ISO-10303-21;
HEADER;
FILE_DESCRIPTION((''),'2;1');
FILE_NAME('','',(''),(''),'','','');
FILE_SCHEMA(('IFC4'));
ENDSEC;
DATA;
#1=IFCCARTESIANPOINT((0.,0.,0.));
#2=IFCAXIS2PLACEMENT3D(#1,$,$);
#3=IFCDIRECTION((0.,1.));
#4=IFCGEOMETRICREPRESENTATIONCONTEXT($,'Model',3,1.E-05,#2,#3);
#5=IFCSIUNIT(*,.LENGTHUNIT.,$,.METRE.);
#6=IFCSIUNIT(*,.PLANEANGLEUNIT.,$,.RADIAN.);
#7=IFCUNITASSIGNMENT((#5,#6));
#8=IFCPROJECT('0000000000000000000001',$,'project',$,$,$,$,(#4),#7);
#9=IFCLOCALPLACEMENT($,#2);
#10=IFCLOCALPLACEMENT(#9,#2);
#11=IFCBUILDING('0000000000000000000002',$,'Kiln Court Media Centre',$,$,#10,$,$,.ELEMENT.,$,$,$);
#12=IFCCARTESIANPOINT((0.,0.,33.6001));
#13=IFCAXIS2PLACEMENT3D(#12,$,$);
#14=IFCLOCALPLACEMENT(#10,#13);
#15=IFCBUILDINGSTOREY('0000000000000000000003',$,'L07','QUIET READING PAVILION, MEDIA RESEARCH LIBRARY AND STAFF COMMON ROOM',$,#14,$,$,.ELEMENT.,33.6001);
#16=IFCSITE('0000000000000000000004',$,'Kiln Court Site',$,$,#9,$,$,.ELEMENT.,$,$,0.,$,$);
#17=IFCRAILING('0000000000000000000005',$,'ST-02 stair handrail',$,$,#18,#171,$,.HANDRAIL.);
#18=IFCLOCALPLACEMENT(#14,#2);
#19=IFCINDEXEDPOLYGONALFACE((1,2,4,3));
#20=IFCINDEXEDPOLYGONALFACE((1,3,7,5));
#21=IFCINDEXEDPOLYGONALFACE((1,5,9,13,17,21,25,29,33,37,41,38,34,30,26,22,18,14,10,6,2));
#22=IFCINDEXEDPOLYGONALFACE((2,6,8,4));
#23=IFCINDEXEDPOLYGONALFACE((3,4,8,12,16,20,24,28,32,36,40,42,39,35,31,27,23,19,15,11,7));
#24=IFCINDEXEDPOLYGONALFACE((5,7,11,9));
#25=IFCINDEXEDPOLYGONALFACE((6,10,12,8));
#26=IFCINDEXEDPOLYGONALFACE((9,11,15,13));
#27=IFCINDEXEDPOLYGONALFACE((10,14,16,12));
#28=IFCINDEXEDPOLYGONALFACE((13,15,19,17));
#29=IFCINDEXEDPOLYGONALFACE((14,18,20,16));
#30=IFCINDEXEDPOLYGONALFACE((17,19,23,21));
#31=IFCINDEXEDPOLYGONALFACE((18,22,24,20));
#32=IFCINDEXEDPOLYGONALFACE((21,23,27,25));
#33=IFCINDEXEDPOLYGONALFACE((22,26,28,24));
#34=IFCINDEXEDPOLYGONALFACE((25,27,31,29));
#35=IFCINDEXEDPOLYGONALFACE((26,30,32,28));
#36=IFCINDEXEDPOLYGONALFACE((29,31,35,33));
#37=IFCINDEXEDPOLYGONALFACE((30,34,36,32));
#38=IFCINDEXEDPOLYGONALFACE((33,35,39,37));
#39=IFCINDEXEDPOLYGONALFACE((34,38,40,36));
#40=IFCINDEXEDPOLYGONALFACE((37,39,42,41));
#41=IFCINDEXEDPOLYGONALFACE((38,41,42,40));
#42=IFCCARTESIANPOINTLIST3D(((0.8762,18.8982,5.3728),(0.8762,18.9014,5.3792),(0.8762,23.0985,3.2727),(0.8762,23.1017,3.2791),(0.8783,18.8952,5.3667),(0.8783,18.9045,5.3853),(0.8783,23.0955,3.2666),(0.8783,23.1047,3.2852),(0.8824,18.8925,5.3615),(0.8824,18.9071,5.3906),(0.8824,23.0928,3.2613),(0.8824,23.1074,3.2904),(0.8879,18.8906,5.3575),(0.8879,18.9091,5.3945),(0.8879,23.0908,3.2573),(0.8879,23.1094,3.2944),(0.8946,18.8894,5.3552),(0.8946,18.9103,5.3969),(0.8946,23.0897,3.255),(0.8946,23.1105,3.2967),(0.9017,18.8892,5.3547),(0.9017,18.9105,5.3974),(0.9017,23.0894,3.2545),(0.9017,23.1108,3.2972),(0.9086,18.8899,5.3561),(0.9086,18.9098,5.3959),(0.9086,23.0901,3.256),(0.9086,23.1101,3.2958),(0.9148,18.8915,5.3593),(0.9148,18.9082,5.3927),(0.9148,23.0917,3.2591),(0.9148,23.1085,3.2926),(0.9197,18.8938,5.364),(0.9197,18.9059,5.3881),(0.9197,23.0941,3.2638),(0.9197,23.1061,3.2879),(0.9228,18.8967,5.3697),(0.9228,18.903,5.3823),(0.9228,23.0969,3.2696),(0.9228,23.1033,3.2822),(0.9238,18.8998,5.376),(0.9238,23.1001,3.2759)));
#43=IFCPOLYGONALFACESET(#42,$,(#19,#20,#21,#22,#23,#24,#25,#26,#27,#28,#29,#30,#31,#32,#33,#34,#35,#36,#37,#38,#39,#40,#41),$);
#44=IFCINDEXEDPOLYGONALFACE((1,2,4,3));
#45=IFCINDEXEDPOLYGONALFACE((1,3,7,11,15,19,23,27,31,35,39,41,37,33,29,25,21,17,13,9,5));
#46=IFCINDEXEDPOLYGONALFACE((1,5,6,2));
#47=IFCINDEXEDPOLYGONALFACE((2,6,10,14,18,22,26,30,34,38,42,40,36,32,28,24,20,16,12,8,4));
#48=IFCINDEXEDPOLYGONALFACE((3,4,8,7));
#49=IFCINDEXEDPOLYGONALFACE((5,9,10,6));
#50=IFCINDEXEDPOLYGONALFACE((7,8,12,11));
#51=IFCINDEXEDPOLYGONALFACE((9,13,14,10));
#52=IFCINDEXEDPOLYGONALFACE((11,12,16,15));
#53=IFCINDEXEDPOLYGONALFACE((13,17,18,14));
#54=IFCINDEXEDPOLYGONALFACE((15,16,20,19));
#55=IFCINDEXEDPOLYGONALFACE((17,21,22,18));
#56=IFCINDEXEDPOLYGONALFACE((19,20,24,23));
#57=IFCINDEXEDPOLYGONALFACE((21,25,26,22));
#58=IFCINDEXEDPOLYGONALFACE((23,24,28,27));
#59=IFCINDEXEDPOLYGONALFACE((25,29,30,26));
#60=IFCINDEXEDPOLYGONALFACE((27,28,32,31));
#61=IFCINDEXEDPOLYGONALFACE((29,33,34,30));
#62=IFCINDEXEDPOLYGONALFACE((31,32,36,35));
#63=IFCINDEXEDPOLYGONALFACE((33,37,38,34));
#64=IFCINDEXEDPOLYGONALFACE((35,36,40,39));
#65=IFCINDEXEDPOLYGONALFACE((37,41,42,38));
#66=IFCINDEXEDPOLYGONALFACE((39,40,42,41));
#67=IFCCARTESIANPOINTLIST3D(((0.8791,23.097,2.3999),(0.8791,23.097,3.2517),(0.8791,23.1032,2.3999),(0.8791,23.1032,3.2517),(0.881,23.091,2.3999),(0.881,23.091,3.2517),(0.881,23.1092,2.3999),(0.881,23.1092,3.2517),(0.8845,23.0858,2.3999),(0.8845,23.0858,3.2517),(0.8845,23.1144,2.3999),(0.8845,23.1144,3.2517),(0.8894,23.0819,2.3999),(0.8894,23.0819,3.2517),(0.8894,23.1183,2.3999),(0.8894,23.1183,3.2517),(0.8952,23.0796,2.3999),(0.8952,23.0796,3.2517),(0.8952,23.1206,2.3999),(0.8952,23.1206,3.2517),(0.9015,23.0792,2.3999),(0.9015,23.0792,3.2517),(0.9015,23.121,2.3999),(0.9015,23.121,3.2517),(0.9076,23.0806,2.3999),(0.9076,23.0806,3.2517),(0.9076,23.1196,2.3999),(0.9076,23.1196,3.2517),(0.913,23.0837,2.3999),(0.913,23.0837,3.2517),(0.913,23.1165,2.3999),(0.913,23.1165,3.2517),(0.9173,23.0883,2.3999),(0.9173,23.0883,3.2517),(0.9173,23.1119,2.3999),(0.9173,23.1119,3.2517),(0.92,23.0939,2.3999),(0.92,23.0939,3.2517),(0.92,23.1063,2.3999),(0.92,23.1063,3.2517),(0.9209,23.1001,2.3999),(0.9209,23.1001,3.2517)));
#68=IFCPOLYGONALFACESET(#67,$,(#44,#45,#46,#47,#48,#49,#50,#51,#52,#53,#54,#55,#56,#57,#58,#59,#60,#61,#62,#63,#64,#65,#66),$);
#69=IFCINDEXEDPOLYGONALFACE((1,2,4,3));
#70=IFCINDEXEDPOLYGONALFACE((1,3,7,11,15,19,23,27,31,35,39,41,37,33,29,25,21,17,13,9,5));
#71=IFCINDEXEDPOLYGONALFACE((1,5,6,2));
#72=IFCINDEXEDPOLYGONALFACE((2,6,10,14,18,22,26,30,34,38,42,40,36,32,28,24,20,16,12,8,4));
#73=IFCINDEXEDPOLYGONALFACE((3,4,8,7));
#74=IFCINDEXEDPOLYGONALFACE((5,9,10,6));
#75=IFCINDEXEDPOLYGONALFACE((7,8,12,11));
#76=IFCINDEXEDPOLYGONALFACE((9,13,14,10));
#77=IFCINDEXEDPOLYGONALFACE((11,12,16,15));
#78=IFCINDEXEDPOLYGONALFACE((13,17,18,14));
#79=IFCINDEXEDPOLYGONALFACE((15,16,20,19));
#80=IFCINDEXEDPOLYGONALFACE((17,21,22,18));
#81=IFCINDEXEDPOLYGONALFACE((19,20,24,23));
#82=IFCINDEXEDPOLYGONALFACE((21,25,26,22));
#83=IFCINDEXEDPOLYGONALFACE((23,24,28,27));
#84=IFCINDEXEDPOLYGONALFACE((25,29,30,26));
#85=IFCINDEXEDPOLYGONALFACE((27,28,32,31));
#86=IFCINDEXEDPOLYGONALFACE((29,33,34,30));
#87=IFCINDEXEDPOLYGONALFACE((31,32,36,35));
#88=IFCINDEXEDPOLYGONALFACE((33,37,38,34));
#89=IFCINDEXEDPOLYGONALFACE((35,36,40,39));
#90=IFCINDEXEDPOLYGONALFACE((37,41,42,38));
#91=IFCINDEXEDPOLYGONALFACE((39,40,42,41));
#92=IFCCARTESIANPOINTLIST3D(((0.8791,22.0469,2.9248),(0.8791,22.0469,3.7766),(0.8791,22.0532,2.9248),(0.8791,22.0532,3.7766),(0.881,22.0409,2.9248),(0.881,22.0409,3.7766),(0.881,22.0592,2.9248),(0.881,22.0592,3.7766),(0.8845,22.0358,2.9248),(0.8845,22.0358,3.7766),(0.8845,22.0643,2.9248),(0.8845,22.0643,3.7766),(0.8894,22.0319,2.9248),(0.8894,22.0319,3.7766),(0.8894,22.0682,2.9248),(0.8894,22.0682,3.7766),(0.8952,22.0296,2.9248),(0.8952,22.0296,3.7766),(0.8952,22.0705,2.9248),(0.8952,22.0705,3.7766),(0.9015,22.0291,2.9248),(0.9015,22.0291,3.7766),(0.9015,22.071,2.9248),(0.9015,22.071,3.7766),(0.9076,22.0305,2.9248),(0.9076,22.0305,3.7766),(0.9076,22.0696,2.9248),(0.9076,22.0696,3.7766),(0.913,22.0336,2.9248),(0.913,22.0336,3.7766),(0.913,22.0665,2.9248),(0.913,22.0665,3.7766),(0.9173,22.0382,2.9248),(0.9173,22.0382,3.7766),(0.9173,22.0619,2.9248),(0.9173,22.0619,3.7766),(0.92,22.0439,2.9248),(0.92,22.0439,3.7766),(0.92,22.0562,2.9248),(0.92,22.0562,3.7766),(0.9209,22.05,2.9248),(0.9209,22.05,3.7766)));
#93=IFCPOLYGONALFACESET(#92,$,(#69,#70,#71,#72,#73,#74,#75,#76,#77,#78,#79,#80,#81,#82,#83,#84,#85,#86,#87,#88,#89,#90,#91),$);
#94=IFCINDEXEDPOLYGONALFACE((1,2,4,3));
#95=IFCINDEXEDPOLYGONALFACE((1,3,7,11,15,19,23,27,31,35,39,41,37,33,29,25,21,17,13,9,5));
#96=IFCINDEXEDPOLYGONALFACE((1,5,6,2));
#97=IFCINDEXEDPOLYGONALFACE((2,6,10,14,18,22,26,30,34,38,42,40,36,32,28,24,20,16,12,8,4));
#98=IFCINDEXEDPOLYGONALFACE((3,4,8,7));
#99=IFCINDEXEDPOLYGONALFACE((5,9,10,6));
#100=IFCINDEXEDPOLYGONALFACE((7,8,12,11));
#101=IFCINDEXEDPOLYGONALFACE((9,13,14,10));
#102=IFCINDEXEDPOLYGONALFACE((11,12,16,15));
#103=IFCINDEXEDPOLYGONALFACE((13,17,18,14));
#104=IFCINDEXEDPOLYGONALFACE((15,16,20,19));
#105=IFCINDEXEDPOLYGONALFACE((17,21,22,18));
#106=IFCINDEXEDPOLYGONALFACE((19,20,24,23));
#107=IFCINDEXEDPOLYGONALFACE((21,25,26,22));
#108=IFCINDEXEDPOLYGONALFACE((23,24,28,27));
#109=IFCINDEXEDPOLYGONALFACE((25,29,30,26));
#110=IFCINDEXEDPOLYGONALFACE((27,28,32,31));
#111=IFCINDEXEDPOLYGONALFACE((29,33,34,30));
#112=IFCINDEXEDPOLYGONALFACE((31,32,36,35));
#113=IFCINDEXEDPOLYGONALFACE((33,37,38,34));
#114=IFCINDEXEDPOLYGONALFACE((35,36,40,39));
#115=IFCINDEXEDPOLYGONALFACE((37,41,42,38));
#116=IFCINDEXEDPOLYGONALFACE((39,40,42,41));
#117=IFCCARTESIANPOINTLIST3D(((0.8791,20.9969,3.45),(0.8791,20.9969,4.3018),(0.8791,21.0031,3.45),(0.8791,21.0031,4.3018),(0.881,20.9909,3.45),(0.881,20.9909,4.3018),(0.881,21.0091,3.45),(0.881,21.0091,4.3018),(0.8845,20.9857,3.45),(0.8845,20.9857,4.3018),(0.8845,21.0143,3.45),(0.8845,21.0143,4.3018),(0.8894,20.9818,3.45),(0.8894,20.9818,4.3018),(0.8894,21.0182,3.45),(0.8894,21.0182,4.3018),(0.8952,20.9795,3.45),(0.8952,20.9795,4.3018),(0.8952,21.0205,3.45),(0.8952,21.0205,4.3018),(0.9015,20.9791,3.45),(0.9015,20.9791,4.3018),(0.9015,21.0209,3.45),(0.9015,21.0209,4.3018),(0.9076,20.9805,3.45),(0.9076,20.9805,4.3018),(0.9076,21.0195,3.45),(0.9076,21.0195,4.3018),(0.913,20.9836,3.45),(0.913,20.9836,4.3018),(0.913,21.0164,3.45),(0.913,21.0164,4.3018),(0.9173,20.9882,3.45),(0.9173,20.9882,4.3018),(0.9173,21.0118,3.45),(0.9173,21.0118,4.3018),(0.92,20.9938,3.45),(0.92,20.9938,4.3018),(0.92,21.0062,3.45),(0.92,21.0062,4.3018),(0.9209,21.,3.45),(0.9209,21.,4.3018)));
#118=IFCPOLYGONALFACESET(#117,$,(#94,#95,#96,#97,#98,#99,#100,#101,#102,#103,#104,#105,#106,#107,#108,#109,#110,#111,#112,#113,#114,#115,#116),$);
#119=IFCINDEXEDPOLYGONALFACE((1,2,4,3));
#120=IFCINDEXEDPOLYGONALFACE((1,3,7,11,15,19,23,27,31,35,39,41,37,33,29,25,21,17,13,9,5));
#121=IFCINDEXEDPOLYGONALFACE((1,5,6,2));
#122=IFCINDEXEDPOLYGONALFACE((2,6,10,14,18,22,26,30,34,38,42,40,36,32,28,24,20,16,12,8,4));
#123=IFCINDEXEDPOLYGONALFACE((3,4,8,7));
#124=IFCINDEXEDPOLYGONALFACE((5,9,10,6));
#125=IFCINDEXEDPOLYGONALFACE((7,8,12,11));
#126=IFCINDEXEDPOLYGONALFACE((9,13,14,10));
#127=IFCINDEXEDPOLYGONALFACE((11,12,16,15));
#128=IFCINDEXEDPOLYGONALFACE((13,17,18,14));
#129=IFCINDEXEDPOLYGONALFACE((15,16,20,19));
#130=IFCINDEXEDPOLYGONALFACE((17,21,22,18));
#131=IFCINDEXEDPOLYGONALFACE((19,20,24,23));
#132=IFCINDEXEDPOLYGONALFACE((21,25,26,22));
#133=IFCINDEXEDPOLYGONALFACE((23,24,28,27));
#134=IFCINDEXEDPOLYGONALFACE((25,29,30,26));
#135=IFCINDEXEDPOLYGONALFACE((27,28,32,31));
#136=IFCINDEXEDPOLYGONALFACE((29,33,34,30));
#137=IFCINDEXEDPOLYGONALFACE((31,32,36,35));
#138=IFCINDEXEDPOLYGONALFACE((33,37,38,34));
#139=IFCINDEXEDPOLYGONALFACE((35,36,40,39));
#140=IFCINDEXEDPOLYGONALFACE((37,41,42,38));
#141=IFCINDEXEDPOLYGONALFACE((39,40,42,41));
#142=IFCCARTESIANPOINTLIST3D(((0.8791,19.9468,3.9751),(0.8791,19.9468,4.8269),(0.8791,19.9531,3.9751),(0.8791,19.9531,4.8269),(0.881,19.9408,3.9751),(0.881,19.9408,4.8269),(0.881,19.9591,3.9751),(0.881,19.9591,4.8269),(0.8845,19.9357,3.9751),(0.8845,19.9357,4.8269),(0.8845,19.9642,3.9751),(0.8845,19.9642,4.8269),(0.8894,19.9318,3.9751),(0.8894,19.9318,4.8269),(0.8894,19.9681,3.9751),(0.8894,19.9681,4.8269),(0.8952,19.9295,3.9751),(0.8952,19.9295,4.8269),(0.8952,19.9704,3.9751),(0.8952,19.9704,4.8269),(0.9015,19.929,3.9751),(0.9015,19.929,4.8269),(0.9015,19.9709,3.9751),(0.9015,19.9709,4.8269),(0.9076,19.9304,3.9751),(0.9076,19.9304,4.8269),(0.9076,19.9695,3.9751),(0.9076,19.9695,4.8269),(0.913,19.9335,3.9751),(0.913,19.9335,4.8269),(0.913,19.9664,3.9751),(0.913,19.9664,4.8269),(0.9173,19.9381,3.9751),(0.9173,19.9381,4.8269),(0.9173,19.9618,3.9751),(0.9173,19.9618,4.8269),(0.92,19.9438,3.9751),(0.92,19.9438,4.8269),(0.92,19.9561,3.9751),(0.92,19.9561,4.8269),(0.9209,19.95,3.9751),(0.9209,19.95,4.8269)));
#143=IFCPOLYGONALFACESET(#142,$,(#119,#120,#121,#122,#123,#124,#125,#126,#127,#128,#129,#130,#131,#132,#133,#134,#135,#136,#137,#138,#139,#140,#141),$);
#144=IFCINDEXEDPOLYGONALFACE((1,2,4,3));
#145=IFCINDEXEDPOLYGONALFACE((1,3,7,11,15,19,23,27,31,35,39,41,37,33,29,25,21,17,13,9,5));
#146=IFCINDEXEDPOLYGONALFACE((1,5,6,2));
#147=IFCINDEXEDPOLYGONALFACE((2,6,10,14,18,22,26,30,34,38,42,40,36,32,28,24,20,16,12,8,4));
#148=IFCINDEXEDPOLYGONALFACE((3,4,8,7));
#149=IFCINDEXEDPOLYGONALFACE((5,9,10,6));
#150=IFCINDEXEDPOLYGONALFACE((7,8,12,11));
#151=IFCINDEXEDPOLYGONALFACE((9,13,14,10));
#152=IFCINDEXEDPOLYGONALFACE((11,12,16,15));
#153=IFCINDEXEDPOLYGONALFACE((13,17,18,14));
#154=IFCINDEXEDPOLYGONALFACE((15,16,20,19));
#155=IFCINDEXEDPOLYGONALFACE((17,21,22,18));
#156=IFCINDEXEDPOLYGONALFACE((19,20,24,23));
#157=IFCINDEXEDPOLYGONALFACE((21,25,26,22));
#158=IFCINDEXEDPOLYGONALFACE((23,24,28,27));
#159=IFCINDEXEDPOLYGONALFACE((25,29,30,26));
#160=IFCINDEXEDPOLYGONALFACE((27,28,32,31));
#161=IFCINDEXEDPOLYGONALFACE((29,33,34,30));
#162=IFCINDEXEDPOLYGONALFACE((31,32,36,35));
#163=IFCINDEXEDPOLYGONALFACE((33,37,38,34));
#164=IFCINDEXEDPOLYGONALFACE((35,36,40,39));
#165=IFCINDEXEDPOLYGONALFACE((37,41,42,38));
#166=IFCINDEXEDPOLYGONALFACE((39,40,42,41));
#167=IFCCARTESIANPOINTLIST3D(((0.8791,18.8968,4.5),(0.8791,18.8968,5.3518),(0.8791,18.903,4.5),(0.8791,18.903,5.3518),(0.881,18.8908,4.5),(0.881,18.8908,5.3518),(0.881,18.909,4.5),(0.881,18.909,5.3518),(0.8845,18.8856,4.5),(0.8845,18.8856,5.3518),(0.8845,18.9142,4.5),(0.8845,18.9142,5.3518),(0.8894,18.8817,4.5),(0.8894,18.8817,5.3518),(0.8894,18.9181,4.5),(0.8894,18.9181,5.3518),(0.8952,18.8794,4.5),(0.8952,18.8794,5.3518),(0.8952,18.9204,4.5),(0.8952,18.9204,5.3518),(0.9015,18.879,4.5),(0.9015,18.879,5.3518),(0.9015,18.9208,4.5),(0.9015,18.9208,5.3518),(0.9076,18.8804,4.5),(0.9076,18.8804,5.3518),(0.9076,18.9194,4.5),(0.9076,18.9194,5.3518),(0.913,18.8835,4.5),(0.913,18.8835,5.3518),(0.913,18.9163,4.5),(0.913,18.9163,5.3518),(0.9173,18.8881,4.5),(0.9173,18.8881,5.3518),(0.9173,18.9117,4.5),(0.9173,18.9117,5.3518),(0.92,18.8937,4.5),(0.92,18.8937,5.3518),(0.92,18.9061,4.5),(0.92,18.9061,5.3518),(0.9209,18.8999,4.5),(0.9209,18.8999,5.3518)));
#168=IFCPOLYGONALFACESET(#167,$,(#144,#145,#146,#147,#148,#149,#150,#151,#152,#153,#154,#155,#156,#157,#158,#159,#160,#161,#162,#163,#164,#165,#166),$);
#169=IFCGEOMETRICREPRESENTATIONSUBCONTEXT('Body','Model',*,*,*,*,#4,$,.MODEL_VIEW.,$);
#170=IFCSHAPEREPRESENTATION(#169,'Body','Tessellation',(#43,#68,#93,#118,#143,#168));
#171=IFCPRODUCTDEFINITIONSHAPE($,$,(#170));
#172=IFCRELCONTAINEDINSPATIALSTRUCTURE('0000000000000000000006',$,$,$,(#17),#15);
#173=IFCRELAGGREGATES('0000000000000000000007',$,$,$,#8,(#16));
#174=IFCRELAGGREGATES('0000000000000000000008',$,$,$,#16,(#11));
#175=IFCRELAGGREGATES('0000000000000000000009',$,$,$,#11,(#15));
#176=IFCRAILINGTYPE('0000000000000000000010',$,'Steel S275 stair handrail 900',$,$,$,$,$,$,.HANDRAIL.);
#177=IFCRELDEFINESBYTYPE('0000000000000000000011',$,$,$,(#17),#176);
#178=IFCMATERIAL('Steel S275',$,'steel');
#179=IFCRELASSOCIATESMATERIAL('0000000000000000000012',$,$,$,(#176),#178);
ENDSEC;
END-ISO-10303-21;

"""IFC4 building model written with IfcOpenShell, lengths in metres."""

from ifc_helpers import new_model, si_unit, direction, frame, origin, origin_2d, place, context, subcontext, project, spatial, circle, extrude, material, type_object, element, save


model = new_model("IFC4")

# Units and contexts
model_context = context("Model", 3, precision=1e-05, world=origin(), true_north=direction((0.0, 1.0)))
body_context = subcontext(model_context, "Body", "Model", "MODEL_VIEW")
ifc_project = project(units=[si_unit("LENGTHUNIT", "METRE"), si_unit("PLANEANGLEUNIT", "RADIAN")], contexts=[model_context])

# Site, building, storey
site_placement = place(None, origin())
site = spatial("IfcSite", under=ifc_project, at=site_placement, Name="Kiln Court Site", CompositionType="ELEMENT", RefElevation=0.0)
building_placement = place(site_placement, origin())
building = spatial("IfcBuilding", under=site, at=building_placement, Name="Kiln Court Media Centre", CompositionType="ELEMENT")
storey_placement = place(building_placement, frame((0.0, 0.0, 33.6001)))
storey = spatial("IfcBuildingStorey", under=building, at=storey_placement, Name="L07", Description="QUIET READING PAVILION, MEDIA RESEARCH LIBRARY AND STAFF COMMON ROOM", CompositionType="ELEMENT", Elevation=33.6001)

# Railing
ifc_material_1 = material(Name="Steel S275", Category="steel")
railing_type_1 = type_object("IfcRailingType", Name="Steel S275 stair handrail 900", PredefinedType="HANDRAIL", material=ifc_material_1)
railing_1_placement = place(storey_placement, frame((0.8999, 23.1001, 2.3999)))
element("IfcRailing", 1, at=railing_1_placement, inside=storey, type_object=railing_type_1, Name="ST-02 stair handrail", PredefinedType="HANDRAIL", context=body_context, shape_type="SweptSolid", body=[
    extrude(circle(Radius=0.0239, at=origin_2d()), frame((0.0, 0.0, 0.876), z_axis=(0.0, -0.894427, 0.447214), x_axis=(1.0, 0.0, 0.0)), (0.0, 0.0, 1.0), 4.696),
    extrude(circle(Radius=0.021, at=origin_2d()), origin(), (0.0, 0.0, 1.0), 0.8518),
    extrude(circle(Radius=0.021, at=origin_2d()), frame((0.0, -1.05, 0.5249)), (0.0, 0.0, 1.0), 0.8518),
    extrude(circle(Radius=0.021, at=origin_2d()), frame((0.0, -2.1001, 1.05)), (0.0, 0.0, 1.0), 0.8518),
    extrude(circle(Radius=0.021, at=origin_2d()), frame((0.0, -3.1501, 1.5752)), (0.0, 0.0, 1.0), 0.8518),
    extrude(circle(Radius=0.021, at=origin_2d()), frame((0.0, -4.2002, 2.1001)), (0.0, 0.0, 1.0), 0.8518),
])

save(model, "model.ifc")
